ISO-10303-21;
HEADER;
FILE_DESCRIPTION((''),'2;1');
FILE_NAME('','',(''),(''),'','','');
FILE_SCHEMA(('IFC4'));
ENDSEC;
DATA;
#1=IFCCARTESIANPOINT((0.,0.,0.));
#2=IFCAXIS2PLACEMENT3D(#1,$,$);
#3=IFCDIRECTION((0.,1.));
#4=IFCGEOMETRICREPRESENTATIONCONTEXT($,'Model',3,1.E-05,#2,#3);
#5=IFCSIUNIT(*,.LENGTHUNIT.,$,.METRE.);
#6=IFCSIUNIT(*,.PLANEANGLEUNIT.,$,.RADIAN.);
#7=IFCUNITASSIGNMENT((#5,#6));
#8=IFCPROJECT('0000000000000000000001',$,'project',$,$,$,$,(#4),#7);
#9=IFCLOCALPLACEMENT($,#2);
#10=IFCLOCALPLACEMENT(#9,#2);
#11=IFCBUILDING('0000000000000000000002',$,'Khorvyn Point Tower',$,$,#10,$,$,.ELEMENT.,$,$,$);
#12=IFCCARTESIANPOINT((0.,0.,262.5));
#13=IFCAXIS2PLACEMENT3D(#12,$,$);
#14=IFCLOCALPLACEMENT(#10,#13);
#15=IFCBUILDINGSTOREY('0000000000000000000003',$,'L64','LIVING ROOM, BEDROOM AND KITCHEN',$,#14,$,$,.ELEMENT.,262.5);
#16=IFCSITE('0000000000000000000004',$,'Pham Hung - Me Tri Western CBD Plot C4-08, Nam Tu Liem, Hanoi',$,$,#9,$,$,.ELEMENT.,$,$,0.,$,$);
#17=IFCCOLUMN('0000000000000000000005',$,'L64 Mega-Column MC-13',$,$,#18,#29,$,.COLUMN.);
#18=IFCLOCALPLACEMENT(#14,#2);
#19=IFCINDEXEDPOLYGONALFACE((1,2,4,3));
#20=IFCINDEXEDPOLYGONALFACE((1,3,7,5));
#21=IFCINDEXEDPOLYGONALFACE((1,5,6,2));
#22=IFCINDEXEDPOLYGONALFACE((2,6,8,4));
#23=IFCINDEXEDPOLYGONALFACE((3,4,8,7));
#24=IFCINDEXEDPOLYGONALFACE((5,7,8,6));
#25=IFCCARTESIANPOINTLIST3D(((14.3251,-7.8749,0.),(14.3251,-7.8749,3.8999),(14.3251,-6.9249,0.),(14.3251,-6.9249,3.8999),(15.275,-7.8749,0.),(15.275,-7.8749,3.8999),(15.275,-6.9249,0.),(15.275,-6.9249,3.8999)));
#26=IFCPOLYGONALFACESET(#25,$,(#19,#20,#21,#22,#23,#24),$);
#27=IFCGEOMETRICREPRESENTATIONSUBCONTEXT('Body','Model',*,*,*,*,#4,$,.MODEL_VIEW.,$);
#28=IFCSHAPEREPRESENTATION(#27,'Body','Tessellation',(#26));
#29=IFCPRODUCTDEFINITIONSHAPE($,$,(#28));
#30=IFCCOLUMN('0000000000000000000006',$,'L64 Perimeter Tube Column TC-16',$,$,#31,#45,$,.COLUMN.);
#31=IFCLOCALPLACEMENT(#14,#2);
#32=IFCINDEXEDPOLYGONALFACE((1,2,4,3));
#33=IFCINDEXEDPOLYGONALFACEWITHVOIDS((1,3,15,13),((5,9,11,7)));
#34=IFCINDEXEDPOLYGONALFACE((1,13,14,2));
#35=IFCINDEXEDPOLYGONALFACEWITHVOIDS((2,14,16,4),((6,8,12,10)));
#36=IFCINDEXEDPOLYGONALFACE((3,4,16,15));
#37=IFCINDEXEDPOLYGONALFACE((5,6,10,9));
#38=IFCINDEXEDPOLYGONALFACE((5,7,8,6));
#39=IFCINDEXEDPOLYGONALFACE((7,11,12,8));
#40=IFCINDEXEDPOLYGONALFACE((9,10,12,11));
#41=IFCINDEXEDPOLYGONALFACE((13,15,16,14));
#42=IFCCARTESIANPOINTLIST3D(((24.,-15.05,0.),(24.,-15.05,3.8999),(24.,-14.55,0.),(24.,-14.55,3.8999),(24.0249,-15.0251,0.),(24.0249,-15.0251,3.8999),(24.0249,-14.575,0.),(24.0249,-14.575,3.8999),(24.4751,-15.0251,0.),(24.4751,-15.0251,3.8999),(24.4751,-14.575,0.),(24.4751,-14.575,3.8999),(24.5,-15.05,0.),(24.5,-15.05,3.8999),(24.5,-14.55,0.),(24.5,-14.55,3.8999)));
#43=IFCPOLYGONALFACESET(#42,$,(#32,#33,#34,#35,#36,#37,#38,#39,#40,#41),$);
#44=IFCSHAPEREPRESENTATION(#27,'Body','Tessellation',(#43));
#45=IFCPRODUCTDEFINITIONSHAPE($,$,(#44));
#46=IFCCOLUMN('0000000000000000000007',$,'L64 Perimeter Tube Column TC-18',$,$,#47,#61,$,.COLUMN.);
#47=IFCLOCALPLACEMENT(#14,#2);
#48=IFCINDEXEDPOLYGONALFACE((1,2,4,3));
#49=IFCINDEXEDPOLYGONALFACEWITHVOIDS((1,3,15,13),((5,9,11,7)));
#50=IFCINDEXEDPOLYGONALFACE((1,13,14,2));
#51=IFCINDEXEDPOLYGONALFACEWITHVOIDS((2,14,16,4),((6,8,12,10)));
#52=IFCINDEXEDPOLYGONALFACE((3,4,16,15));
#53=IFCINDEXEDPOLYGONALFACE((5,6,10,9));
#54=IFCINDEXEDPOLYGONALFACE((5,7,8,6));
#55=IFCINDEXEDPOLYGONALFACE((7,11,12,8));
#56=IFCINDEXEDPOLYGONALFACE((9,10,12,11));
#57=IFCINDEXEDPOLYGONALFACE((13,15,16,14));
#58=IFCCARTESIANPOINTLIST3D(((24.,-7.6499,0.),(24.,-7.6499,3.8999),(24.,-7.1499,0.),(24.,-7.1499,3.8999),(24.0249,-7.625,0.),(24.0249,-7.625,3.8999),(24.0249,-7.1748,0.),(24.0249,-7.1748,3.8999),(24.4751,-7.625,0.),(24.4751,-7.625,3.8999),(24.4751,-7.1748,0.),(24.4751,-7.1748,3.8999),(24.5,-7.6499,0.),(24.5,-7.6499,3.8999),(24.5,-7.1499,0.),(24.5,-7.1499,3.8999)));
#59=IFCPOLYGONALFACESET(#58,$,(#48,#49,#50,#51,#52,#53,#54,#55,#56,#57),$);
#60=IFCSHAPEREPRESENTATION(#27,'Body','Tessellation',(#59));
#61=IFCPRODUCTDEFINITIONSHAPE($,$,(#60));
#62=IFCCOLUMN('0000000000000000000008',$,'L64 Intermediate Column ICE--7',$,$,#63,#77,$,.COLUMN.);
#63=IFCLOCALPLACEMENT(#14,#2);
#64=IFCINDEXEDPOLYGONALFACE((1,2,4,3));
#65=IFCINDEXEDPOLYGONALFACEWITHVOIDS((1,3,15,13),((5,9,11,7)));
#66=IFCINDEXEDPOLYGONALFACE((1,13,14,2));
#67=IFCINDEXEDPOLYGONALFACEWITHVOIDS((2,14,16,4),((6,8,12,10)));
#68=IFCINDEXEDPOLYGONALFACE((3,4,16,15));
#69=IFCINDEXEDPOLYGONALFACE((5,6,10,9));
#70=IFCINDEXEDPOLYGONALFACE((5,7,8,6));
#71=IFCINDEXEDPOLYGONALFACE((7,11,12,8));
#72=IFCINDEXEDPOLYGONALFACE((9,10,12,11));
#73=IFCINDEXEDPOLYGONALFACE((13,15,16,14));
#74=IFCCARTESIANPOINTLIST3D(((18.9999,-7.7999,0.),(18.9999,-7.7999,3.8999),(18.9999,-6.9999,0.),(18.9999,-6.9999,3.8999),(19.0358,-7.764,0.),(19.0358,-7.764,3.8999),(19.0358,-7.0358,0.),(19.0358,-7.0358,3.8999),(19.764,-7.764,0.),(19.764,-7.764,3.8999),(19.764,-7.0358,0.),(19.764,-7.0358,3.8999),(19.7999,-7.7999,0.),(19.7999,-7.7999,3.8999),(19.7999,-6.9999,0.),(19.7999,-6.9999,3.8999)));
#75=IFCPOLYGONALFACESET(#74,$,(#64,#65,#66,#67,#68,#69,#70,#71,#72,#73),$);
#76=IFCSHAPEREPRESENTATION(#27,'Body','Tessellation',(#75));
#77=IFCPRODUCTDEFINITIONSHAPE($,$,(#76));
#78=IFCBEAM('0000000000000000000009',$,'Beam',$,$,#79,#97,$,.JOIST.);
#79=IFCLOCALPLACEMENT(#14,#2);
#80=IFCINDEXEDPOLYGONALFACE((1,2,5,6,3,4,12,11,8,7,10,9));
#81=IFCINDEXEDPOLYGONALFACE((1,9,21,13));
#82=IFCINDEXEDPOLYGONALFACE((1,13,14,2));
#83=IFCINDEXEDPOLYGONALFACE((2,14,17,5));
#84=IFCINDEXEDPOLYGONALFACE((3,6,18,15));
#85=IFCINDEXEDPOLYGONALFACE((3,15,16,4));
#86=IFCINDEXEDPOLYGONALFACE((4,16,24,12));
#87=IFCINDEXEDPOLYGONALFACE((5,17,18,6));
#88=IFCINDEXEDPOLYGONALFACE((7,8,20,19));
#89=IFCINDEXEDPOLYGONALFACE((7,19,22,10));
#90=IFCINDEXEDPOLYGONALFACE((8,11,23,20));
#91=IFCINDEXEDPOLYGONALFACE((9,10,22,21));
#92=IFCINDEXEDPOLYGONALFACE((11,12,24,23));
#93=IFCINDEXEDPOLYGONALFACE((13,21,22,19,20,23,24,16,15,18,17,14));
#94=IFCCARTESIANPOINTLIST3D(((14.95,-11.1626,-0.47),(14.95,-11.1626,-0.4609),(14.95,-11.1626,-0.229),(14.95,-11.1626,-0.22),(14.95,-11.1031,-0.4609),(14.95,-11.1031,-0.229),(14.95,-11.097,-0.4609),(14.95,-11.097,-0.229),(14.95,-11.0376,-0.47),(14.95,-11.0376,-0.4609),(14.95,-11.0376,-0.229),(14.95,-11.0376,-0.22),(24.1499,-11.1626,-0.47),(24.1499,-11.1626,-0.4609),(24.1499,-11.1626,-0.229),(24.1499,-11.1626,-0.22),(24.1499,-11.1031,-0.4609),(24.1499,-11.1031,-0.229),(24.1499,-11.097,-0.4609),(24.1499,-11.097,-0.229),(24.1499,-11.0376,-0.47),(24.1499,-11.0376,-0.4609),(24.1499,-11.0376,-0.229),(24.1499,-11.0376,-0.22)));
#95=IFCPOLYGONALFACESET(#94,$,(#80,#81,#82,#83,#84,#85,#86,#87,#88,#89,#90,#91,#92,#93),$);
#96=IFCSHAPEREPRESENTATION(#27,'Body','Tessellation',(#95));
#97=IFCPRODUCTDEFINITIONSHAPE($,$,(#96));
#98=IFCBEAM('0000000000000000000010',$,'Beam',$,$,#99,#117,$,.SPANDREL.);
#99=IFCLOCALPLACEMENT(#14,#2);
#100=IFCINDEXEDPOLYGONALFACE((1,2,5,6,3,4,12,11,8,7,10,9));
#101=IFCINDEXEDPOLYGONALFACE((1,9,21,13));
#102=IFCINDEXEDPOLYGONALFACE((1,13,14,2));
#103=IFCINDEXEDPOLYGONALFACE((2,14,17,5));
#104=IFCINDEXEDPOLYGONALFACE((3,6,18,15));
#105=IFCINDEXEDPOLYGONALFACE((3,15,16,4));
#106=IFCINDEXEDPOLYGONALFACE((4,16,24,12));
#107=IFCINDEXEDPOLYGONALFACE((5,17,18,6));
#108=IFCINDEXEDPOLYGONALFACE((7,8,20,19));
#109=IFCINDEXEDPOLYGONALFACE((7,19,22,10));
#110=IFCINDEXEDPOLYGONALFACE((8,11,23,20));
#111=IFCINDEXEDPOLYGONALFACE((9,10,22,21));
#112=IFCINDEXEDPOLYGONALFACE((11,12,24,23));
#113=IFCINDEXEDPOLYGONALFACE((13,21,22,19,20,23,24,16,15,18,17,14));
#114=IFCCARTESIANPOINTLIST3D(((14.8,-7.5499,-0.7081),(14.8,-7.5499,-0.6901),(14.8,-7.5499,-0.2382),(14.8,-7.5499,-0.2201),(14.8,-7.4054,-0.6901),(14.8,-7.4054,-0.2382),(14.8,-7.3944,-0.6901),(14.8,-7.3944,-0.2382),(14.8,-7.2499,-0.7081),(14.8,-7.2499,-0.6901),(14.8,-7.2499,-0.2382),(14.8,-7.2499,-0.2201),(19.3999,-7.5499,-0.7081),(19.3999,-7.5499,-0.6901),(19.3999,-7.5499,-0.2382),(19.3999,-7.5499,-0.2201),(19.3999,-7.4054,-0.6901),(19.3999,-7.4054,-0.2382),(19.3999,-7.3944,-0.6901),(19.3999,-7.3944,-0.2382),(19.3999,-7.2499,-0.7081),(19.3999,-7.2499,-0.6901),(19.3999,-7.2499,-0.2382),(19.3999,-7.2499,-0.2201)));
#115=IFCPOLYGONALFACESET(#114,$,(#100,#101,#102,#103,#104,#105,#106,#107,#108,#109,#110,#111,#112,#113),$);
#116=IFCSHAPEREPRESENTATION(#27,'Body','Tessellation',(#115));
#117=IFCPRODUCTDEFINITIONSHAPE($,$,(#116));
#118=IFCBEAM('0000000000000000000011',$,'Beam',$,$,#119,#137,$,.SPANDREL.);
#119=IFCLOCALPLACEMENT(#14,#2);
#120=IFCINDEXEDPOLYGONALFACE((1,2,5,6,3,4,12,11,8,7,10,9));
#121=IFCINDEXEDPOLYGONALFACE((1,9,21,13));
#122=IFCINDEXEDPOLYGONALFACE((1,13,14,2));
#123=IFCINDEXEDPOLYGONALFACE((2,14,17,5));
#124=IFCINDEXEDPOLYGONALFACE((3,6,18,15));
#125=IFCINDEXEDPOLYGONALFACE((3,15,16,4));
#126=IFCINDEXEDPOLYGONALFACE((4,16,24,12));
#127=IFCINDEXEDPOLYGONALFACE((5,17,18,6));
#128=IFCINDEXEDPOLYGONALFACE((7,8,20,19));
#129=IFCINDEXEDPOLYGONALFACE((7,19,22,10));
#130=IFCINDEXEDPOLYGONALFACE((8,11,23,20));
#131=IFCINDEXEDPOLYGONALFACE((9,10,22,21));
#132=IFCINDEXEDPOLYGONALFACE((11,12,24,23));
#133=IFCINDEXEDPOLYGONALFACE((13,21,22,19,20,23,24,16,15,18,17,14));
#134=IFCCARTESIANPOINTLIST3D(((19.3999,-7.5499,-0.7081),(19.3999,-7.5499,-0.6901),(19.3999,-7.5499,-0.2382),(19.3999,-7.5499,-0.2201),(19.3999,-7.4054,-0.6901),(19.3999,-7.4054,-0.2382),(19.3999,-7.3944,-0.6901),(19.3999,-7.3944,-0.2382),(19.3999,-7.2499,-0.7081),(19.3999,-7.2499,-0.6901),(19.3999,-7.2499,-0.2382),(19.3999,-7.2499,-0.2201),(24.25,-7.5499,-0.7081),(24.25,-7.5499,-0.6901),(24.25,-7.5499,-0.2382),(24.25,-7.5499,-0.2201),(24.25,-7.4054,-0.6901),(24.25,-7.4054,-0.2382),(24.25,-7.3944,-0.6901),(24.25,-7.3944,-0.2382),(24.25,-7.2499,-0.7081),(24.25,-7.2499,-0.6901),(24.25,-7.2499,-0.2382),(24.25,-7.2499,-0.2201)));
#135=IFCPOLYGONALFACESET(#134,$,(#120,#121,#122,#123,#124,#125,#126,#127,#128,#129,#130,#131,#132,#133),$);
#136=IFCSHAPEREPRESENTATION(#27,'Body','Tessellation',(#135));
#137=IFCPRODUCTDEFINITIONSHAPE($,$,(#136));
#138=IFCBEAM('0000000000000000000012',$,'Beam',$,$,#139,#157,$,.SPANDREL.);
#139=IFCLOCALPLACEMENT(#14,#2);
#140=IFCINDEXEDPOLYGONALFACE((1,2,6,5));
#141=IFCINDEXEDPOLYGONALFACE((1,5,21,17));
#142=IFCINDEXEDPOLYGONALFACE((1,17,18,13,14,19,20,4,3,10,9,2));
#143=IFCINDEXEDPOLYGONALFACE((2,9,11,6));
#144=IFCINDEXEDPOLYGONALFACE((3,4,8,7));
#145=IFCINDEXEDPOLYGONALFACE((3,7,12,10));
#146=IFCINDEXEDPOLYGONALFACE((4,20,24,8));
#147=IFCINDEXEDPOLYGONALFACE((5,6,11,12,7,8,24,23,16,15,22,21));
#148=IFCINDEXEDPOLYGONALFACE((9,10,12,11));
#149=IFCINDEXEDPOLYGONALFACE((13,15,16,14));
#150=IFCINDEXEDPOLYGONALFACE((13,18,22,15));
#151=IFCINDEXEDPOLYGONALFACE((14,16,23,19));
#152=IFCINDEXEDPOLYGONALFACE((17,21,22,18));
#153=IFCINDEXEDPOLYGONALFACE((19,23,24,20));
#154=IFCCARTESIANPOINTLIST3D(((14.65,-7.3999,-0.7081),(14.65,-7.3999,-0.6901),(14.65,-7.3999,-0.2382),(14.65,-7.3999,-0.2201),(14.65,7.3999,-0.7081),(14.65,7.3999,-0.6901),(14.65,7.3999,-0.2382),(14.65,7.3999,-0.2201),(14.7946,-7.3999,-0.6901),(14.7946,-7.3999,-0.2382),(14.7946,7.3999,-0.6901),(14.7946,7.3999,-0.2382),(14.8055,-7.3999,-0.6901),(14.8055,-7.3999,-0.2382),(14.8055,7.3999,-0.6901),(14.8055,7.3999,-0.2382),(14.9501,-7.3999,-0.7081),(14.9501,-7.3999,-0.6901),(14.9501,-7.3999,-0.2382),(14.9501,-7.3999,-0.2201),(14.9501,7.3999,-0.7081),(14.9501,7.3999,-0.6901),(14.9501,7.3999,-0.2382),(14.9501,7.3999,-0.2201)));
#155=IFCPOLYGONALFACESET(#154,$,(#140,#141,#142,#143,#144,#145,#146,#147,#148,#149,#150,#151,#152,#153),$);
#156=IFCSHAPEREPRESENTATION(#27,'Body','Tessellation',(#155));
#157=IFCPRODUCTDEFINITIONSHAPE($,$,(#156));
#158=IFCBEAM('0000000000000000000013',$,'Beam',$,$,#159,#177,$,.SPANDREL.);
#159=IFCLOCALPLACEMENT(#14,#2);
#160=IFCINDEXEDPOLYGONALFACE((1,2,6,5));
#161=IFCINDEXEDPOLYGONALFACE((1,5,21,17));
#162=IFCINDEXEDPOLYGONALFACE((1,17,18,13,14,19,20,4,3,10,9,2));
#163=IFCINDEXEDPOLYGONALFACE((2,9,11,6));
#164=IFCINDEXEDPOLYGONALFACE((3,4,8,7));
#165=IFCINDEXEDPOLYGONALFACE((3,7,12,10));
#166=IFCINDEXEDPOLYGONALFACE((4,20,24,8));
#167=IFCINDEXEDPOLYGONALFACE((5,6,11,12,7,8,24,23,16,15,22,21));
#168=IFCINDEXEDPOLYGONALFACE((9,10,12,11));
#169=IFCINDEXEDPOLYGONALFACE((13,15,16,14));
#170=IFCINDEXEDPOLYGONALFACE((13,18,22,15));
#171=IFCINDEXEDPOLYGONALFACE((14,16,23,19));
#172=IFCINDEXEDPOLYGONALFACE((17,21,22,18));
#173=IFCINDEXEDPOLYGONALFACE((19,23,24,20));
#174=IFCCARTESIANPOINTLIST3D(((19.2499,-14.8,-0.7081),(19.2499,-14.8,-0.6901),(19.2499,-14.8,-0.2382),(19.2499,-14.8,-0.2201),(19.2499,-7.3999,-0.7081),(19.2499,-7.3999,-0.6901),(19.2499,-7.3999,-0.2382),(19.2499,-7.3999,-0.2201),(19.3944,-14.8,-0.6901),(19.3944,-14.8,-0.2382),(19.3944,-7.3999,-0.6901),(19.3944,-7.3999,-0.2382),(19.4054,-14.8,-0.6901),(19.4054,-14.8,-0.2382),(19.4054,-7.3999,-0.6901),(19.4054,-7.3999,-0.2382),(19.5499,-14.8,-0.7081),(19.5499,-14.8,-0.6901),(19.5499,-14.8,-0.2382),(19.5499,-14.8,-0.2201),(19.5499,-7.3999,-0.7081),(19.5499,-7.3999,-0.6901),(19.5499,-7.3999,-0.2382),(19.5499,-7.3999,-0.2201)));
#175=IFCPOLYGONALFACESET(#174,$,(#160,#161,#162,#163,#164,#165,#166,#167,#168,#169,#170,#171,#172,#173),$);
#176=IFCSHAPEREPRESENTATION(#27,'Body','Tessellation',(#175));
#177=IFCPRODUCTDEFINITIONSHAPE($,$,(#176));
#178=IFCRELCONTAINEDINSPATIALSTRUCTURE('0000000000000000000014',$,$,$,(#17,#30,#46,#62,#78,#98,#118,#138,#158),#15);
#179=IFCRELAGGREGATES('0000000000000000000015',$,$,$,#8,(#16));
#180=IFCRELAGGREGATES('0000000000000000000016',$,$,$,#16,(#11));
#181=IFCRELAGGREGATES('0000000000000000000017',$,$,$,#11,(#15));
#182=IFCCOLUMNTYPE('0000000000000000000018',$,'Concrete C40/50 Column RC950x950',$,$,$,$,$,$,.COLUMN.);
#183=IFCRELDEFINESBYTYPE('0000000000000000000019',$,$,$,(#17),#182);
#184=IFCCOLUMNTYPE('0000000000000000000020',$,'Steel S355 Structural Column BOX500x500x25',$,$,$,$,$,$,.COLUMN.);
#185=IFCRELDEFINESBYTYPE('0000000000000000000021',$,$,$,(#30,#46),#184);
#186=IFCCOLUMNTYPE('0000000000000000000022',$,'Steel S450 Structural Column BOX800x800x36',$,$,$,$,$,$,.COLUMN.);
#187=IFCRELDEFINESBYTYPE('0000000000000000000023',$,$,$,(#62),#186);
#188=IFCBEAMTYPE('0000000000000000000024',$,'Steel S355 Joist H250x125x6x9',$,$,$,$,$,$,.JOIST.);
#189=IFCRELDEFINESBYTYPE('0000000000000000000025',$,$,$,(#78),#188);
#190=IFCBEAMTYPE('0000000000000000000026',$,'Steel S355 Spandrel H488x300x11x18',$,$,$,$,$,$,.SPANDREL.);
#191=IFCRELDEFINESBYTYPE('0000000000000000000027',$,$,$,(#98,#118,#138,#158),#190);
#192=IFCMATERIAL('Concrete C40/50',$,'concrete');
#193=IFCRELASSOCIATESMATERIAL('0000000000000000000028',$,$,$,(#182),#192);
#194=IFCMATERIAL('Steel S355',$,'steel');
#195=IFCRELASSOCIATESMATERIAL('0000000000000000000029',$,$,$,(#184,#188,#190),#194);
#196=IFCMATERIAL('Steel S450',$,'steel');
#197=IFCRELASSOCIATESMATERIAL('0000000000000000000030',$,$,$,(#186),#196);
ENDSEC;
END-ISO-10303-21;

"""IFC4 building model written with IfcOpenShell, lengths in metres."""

from ifc_helpers import new_model, si_unit, direction, frame, origin, origin_2d, place, context, subcontext, project, spatial, rectangle, hollow_rectangle, i_section, extrude, material, material_profile, profile_set, type_object, element, save


model = new_model("IFC4")

# Units and contexts
model_context = context("Model", 3, precision=1e-05, world=origin(), true_north=direction((0.0, 1.0)))
body_context = subcontext(model_context, "Body", "Model", "MODEL_VIEW")
ifc_project = project(units=[si_unit("LENGTHUNIT", "METRE"), si_unit("PLANEANGLEUNIT", "RADIAN")], contexts=[model_context])

# Site, building, storey
site_placement = place(None, origin())
site = spatial("IfcSite", under=ifc_project, at=site_placement, Name="Pham Hung - Me Tri Western CBD Plot C4-08, Nam Tu Liem, Hanoi", CompositionType="ELEMENT", RefElevation=0.0)
building_placement = place(site_placement, origin())
building = spatial("IfcBuilding", under=site, at=building_placement, Name="Khorvyn Point Tower", CompositionType="ELEMENT")
storey_placement = place(building_placement, frame((0.0, 0.0, 262.5)))
storey = spatial("IfcBuildingStorey", under=building, at=storey_placement, Name="L64", Description="LIVING ROOM, BEDROOM AND KITCHEN", CompositionType="ELEMENT", Elevation=262.5)

# Columns
ifc_material_1 = material(Name="Concrete C40/50", Category="concrete")
ifc_material_profile_1 = material_profile(ifc_material_1, rectangle(XDim=0.95, YDim=0.95, at=origin_2d()))
ifc_profile_set_1 = profile_set([ifc_material_profile_1], Name="Concrete C40/50 RC950x950")
column_type_1 = type_object("IfcColumnType", Name="Concrete C40/50 Column RC950x950", PredefinedType="COLUMN", material=ifc_profile_set_1)
column_1_placement = place(storey_placement, frame((14.8, -7.3999, 0.0), z_axis=(0.0, 0.0, 1.0), x_axis=(1.0, 0.0, 0.0)))
element("IfcColumn", 1, at=column_1_placement, inside=storey, type_object=column_type_1, Name="L64 Mega-Column MC-13", PredefinedType="COLUMN", context=body_context, shape_type="SweptSolid", body=[
    extrude(rectangle(XDim=0.95, YDim=0.95, at=origin_2d()), origin(), (0.0, 0.0, 1.0), 3.8999),
])
ifc_material_2 = material(Name="Steel S355", Category="steel")
ifc_material_profile_2 = material_profile(ifc_material_2, hollow_rectangle(XDim=0.5, YDim=0.5, WallThickness=0.0249, at=origin_2d()))
ifc_profile_set_2 = profile_set([ifc_material_profile_2], Name="Steel S355 BOX500x500x25")
column_type_2 = type_object("IfcColumnType", Name="Steel S355 Structural Column BOX500x500x25", PredefinedType="COLUMN", material=ifc_profile_set_2)
for number, where, z_axis, x_axis, name in (
    (2, (24.25, -14.8, 0.0), (0.0, 0.0, 1.0), (1.0, 0.0, 0.0), "L64 Perimeter Tube Column TC-16"),
    (3, (24.25, -7.3999, 0.0), (0.0, 0.0, 1.0), (1.0, 0.0, 0.0), "L64 Perimeter Tube Column TC-18"),
):
    element("IfcColumn", number, at=place(storey_placement, frame(where, z_axis=z_axis, x_axis=x_axis)), inside=storey, type_object=column_type_2, Name=name, PredefinedType="COLUMN", context=body_context, shape_type="SweptSolid", body=[
        extrude(hollow_rectangle(XDim=0.5, YDim=0.5, WallThickness=0.0249, at=origin_2d()), origin(), (0.0, 0.0, 1.0), 3.8999),
    ])
ifc_material_3 = material(Name="Steel S450", Category="steel")
ifc_material_profile_3 = material_profile(ifc_material_3, hollow_rectangle(XDim=0.8, YDim=0.8, WallThickness=0.0359, at=origin_2d()))
ifc_profile_set_3 = profile_set([ifc_material_profile_3], Name="Steel S450 BOX800x800x36")
column_type_3 = type_object("IfcColumnType", Name="Steel S450 Structural Column BOX800x800x36", PredefinedType="COLUMN", material=ifc_profile_set_3)
column_2_placement = place(storey_placement, frame((19.3999, -7.3999, 0.0), z_axis=(0.0, 0.0, 1.0), x_axis=(1.0, 0.0, 0.0)))
element("IfcColumn", 4, at=column_2_placement, inside=storey, type_object=column_type_3, Name="L64 Intermediate Column ICE--7", PredefinedType="COLUMN", context=body_context, shape_type="SweptSolid", body=[
    extrude(hollow_rectangle(XDim=0.8, YDim=0.8, WallThickness=0.0359, at=origin_2d()), origin(), (0.0, 0.0, 1.0), 3.8999),
])

# Beams
ifc_material_profile_4 = material_profile(ifc_material_2, i_section(OverallWidth=0.125, OverallDepth=0.25, WebThickness=0.0061, FlangeThickness=0.009, at=origin_2d()))
ifc_profile_set_4 = profile_set([ifc_material_profile_4], Name="Steel S355 H250x125x6x9")
beam_type_1 = type_object("IfcBeamType", Name="Steel S355 Joist H250x125x6x9", PredefinedType="JOIST", material=ifc_profile_set_4)
beam_1_placement = place(storey_placement, frame((14.95, -11.1001, -0.345), z_axis=(1.0, 0.0, 0.0), x_axis=(0.0, 1.0, 0.0)))
element("IfcBeam", 5, at=beam_1_placement, inside=storey, type_object=beam_type_1, Name="Beam", PredefinedType="JOIST", context=body_context, shape_type="SweptSolid", body=[
    extrude(i_section(OverallWidth=0.125, OverallDepth=0.25, WebThickness=0.0061, FlangeThickness=0.009, at=origin_2d()), origin(), (0.0, 0.0, 1.0), 9.2),
])
ifc_material_profile_5 = material_profile(ifc_material_2, i_section(OverallWidth=0.3, OverallDepth=0.488, WebThickness=0.011, FlangeThickness=0.0181, at=origin_2d()))
ifc_profile_set_5 = profile_set([ifc_material_profile_5], Name="Steel S355 H488x300x11x18")
beam_type_2 = type_object("IfcBeamType", Name="Steel S355 Spandrel H488x300x11x18", PredefinedType="SPANDREL", material=ifc_profile_set_5)
beam_2_placement = place(storey_placement, frame((14.8, -7.3999, -0.4641), z_axis=(1.0, 0.0, 0.0), x_axis=(0.0, 1.0, 0.0)))
element("IfcBeam", 6, at=beam_2_placement, inside=storey, type_object=beam_type_2, Name="Beam", PredefinedType="SPANDREL", context=body_context, shape_type="SweptSolid", body=[
    extrude(i_section(OverallWidth=0.3, OverallDepth=0.488, WebThickness=0.011, FlangeThickness=0.0181, at=origin_2d()), origin(), (0.0, 0.0, 1.0), 4.5999),
])
beam_3_placement = place(storey_placement, frame((19.3999, -7.3999, -0.4641), z_axis=(1.0, 0.0, 0.0), x_axis=(0.0, 1.0, 0.0)))
element("IfcBeam", 7, at=beam_3_placement, inside=storey, type_object=beam_type_2, Name="Beam", PredefinedType="SPANDREL", context=body_context, shape_type="SweptSolid", body=[
    extrude(i_section(OverallWidth=0.3, OverallDepth=0.488, WebThickness=0.011, FlangeThickness=0.0181, at=origin_2d()), origin(), (0.0, 0.0, 1.0), 4.8501),
])
beam_4_placement = place(storey_placement, frame((14.8, -7.3999, -0.4641), z_axis=(0.0, 1.0, 0.0), x_axis=(-1.0, 0.0, 0.0)))
element("IfcBeam", 8, at=beam_4_placement, inside=storey, type_object=beam_type_2, Name="Beam", PredefinedType="SPANDREL", context=body_context, shape_type="SweptSolid", body=[
    extrude(i_section(OverallWidth=0.3, OverallDepth=0.488, WebThickness=0.011, FlangeThickness=0.0181, at=origin_2d()), origin(), (0.0, 0.0, 1.0), 14.7998),
])
beam_5_placement = place(storey_placement, frame((19.3999, -14.8, -0.4641), z_axis=(0.0, 1.0, 0.0), x_axis=(-1.0, 0.0, 0.0)))
element("IfcBeam", 9, at=beam_5_placement, inside=storey, type_object=beam_type_2, Name="Beam", PredefinedType="SPANDREL", context=body_context, shape_type="SweptSolid", body=[
    extrude(i_section(OverallWidth=0.3, OverallDepth=0.488, WebThickness=0.011, FlangeThickness=0.0181, at=origin_2d()), origin(), (0.0, 0.0, 1.0), 7.4001),
])

save(model, "model.ifc")
